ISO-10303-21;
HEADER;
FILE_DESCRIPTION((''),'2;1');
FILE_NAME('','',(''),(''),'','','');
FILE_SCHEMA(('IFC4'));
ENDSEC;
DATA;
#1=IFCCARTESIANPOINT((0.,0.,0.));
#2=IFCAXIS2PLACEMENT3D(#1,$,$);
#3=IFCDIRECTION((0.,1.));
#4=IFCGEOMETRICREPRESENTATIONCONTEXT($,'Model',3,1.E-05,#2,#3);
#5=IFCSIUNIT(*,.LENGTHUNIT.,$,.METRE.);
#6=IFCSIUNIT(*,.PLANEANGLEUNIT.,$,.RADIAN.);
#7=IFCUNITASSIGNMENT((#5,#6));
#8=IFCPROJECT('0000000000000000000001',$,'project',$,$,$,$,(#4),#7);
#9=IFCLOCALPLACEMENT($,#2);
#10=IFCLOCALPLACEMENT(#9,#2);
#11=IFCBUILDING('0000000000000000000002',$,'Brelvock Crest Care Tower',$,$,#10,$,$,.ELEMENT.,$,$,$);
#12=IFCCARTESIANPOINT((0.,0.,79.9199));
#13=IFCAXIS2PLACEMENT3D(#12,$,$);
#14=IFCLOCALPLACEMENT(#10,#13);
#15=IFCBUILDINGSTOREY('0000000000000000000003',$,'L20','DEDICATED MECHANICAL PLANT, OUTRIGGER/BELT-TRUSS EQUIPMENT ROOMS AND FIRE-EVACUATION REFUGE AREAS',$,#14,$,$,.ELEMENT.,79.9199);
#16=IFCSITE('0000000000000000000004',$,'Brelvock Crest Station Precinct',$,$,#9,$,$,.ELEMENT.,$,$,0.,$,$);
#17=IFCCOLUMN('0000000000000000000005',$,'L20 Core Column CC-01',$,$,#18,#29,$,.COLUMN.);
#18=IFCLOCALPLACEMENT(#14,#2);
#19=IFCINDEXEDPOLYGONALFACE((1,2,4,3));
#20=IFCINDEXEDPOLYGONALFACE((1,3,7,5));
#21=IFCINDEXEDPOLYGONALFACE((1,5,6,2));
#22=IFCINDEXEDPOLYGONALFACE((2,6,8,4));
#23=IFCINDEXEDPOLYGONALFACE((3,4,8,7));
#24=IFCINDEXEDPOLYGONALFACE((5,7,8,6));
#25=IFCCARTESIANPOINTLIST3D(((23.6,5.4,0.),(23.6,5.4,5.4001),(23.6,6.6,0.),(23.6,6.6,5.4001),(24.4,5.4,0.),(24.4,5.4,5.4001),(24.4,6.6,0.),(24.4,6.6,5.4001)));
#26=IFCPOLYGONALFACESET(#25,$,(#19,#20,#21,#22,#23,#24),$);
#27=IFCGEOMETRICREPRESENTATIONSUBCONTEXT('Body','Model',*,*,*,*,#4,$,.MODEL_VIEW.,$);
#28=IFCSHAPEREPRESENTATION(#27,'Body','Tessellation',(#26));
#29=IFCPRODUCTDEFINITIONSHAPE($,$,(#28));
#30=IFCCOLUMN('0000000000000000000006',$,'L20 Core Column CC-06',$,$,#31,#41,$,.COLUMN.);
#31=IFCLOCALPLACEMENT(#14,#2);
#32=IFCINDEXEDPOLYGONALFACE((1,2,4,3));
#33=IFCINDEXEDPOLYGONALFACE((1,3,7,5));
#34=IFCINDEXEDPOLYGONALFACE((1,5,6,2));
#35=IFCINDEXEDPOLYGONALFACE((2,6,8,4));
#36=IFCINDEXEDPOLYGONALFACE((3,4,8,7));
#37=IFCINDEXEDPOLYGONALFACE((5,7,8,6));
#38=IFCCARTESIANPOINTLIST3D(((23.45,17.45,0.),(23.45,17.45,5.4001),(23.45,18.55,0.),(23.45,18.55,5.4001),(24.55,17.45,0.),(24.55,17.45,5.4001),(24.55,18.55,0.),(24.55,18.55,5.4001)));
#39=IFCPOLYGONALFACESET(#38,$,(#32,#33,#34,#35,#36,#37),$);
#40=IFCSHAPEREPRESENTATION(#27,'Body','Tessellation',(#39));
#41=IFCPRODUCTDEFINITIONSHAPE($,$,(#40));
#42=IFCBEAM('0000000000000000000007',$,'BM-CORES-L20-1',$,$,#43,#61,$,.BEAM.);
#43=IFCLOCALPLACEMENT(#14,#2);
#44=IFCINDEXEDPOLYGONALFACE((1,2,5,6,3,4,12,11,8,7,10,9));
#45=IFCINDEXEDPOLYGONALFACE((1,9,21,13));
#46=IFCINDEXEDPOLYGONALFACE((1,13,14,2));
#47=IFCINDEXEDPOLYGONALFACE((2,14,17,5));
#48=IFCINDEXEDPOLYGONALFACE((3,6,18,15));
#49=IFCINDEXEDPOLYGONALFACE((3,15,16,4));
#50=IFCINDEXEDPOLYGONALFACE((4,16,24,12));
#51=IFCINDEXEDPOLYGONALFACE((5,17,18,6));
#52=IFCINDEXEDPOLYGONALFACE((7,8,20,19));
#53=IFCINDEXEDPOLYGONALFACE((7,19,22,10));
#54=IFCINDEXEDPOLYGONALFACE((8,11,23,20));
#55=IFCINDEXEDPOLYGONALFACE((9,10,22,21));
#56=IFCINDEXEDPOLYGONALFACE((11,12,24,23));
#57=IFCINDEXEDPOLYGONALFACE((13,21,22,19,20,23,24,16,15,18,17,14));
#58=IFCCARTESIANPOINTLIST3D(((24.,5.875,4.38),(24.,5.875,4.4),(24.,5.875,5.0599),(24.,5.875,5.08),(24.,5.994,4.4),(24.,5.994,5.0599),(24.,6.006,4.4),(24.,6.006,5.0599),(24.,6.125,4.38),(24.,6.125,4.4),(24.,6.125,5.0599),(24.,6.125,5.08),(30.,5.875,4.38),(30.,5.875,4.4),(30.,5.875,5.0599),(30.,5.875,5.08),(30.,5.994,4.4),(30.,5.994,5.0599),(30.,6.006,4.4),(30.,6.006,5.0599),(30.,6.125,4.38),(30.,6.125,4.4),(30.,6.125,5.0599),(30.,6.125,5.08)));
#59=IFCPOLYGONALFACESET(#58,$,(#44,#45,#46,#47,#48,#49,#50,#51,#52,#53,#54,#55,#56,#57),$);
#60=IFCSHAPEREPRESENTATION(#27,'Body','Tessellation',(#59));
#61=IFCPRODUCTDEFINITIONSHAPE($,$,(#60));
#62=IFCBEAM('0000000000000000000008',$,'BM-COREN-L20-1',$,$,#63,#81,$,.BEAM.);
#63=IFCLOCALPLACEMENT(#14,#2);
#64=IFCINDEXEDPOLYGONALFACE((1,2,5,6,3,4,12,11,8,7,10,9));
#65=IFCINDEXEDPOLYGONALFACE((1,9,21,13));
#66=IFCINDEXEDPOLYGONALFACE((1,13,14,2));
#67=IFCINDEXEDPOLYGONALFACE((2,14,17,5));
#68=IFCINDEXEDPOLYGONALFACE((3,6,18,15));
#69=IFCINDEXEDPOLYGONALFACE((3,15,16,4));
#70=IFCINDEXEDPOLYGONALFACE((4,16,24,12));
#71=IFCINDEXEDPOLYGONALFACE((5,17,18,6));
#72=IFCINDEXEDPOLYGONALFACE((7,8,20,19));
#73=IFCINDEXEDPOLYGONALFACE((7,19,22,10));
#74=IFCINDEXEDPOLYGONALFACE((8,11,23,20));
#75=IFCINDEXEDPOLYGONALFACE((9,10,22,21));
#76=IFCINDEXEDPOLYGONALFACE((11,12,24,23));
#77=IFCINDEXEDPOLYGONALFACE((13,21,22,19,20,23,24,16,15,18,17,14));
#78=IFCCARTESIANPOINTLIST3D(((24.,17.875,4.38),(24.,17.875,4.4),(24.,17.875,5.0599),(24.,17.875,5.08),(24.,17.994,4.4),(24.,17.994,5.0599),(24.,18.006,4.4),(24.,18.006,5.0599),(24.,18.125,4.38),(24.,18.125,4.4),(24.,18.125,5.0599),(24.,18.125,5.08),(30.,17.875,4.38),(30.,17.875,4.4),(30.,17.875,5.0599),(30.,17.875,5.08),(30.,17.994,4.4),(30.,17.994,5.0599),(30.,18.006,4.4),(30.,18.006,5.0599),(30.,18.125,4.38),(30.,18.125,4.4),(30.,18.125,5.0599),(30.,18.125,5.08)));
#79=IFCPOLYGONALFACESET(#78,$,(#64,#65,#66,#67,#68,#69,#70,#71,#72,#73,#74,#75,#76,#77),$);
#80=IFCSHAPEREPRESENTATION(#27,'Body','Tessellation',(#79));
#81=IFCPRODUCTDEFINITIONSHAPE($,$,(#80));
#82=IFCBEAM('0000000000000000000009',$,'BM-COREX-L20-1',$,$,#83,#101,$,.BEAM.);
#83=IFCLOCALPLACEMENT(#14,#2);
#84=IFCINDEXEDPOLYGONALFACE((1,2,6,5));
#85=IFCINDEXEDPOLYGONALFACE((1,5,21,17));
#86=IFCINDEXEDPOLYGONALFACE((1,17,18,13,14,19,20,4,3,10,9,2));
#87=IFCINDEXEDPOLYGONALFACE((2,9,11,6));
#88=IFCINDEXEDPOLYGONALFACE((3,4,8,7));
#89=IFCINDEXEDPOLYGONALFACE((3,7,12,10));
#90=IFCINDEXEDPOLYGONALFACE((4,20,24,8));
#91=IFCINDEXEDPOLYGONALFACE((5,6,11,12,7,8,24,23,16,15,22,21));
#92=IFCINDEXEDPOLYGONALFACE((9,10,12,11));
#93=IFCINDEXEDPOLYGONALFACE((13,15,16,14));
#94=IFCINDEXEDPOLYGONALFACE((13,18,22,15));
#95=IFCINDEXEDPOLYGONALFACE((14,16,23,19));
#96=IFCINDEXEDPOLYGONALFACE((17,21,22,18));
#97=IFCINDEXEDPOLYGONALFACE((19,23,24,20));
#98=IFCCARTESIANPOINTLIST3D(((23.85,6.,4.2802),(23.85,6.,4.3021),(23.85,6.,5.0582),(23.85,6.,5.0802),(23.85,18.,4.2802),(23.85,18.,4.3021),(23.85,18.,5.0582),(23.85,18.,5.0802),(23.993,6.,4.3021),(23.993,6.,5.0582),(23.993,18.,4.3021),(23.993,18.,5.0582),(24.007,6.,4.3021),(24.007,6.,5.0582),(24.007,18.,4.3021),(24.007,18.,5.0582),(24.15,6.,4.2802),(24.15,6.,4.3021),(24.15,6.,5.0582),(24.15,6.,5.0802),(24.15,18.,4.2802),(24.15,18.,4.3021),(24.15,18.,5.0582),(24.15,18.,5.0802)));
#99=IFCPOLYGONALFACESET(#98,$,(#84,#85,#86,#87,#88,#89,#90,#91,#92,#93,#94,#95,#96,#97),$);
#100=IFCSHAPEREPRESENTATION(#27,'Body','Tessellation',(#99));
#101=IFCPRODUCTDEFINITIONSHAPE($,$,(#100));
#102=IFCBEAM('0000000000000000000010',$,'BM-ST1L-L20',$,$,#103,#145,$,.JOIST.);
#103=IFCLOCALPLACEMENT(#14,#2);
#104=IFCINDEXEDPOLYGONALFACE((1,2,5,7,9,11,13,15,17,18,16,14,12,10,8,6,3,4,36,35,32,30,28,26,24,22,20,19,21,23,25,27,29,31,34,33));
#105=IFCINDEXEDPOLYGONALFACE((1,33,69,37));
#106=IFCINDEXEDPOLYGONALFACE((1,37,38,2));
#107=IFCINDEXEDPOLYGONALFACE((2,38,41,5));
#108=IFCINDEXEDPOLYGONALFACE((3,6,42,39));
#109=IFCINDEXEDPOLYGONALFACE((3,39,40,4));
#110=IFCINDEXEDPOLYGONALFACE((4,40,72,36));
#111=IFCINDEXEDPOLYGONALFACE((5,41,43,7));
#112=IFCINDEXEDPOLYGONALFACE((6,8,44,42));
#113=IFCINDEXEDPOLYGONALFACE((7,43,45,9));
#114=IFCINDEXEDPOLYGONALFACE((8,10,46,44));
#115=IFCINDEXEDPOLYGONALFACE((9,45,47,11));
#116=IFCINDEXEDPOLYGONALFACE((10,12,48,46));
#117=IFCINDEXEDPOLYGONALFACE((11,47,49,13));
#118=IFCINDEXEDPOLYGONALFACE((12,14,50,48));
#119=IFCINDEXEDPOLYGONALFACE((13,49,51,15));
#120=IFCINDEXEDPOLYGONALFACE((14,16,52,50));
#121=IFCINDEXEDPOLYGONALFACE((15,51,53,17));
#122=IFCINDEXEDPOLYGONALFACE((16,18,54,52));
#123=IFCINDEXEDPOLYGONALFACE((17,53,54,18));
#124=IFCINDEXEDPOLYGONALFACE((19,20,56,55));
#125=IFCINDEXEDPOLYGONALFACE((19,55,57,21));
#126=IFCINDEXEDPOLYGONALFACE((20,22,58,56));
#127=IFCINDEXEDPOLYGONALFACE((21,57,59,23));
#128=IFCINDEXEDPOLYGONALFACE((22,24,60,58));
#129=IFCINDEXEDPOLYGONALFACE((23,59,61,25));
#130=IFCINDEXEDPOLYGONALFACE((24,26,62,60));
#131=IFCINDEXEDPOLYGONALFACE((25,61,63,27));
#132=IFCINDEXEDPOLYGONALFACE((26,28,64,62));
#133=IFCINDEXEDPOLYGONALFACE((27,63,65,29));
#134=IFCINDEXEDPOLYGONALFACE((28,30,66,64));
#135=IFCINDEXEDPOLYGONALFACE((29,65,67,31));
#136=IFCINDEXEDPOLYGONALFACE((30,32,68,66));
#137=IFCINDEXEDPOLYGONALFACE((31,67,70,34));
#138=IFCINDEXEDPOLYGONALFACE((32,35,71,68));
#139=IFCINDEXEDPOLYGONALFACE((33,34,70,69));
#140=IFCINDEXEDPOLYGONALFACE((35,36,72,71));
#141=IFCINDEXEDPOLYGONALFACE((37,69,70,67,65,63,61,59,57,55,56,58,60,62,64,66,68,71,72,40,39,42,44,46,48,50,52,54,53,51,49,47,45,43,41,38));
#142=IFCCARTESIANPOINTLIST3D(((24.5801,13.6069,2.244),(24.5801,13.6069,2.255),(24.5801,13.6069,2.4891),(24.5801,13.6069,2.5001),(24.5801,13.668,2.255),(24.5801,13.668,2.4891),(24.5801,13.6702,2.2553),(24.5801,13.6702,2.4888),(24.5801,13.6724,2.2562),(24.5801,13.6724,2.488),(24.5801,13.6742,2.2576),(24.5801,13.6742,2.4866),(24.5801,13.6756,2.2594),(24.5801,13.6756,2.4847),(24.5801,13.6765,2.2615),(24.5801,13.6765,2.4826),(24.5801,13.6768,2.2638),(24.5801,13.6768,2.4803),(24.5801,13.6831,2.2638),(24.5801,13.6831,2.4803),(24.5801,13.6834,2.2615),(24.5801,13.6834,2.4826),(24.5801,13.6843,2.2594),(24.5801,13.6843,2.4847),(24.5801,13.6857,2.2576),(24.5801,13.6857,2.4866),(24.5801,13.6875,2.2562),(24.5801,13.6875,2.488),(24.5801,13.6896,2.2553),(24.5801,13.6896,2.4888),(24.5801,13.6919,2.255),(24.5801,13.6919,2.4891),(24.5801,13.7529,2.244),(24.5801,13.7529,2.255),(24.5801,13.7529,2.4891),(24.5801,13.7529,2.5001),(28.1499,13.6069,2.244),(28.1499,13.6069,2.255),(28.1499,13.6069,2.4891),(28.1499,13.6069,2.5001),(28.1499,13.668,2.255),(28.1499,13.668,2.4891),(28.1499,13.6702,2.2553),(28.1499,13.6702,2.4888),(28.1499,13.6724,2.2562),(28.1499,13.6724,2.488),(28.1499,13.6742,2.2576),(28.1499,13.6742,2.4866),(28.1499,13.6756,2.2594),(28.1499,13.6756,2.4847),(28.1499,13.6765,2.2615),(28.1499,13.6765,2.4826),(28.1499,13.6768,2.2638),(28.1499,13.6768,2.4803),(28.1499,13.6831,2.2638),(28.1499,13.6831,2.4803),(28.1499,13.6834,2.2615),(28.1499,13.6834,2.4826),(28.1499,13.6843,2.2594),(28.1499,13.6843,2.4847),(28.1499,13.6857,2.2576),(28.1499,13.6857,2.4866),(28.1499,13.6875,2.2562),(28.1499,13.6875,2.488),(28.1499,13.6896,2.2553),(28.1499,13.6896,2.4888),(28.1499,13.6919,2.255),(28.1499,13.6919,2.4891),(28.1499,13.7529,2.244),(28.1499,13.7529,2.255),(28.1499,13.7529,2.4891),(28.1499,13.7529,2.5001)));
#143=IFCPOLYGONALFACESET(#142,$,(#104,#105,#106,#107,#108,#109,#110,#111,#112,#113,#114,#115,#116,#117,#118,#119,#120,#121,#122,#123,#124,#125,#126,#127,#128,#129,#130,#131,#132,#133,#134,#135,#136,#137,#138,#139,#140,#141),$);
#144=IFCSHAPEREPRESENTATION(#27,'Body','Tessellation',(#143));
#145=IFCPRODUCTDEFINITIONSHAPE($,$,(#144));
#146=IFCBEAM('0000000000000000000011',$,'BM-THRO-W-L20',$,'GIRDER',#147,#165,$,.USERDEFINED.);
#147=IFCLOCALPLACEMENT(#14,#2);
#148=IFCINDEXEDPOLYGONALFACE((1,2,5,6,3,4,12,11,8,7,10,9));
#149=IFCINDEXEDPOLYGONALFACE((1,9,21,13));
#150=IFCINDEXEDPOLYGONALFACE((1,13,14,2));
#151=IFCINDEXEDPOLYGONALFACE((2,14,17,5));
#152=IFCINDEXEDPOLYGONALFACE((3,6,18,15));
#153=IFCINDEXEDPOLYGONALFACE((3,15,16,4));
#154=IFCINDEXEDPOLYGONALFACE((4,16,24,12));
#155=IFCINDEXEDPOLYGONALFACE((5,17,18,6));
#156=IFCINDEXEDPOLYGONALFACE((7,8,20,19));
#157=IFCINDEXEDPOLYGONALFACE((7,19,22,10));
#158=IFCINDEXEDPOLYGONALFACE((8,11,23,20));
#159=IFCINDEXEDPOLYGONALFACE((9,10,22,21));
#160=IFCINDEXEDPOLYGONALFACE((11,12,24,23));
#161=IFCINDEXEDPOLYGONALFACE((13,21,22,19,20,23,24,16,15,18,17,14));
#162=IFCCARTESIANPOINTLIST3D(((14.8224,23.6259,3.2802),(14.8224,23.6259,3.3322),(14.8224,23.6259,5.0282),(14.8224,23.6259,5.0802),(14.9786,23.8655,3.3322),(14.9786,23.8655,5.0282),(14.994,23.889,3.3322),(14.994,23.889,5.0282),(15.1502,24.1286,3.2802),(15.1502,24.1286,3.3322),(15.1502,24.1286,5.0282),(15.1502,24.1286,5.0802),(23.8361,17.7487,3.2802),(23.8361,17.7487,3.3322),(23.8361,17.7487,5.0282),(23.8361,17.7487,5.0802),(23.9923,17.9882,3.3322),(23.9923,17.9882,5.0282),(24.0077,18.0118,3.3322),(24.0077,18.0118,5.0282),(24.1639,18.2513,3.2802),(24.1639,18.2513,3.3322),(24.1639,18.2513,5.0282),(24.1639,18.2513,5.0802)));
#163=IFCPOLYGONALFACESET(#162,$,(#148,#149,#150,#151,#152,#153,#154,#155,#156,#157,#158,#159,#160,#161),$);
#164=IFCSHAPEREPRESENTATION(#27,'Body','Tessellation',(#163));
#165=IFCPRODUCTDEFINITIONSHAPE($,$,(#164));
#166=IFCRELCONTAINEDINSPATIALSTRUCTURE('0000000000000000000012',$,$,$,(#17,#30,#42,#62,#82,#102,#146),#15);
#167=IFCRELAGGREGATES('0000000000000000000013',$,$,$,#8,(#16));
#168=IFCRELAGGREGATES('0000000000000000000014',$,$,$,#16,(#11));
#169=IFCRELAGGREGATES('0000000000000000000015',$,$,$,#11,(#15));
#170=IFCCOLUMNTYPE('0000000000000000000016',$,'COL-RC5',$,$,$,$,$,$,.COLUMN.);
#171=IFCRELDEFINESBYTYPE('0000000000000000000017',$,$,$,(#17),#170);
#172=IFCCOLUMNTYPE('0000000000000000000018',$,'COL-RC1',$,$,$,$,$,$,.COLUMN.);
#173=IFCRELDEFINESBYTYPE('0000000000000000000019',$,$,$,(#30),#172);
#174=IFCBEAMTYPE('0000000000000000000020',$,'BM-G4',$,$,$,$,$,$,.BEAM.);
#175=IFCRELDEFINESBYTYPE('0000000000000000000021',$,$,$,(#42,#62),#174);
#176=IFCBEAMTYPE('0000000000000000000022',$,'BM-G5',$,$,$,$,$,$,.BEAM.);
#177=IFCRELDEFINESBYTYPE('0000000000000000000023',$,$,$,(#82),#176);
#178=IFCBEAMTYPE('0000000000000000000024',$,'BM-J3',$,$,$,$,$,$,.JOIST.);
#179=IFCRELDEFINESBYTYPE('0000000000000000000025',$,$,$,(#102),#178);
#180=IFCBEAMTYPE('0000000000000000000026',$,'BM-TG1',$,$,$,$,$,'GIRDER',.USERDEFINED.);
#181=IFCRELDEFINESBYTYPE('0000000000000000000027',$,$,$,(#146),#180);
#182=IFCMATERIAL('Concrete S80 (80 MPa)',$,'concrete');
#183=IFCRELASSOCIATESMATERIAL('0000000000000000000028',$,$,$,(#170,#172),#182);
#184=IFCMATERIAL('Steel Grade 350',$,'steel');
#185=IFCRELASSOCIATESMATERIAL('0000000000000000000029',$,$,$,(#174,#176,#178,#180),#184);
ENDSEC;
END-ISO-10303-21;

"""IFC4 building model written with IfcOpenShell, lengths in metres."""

from ifc_helpers import new_model, si_unit, direction, frame, origin, origin_2d, place, context, subcontext, project, spatial, rectangle, i_section, extrude, source, transform, mapped, material, material_profile, profile_set, type_object, element, save


model = new_model("IFC4")

# Units and contexts
model_context = context("Model", 3, precision=1e-05, world=origin(), true_north=direction((0.0, 1.0)))
body_context = subcontext(model_context, "Body", "Model", "MODEL_VIEW")
ifc_project = project(units=[si_unit("LENGTHUNIT", "METRE"), si_unit("PLANEANGLEUNIT", "RADIAN")], contexts=[model_context])

# Site, building, storey
site_placement = place(None, origin())
site = spatial("IfcSite", under=ifc_project, at=site_placement, Name="Brelvock Crest Station Precinct", CompositionType="ELEMENT", RefElevation=0.0)
building_placement = place(site_placement, origin())
building = spatial("IfcBuilding", under=site, at=building_placement, Name="Brelvock Crest Care Tower", CompositionType="ELEMENT")
storey_placement = place(building_placement, frame((0.0, 0.0, 79.9199)))
storey = spatial("IfcBuildingStorey", under=building, at=storey_placement, Name="L20", Description="DEDICATED MECHANICAL PLANT, OUTRIGGER/BELT-TRUSS EQUIPMENT ROOMS AND FIRE-EVACUATION REFUGE AREAS", CompositionType="ELEMENT", Elevation=79.9199)

# Columns
ifc_material_1 = material(Name="Concrete S80 (80 MPa)", Category="concrete")
ifc_material_profile_1 = material_profile(ifc_material_1, rectangle(XDim=0.8, YDim=1.2, at=origin_2d()), Name="RC800x1200")
ifc_profile_set_1 = profile_set([ifc_material_profile_1], Name="Concrete S80 (80 MPa)")
column_type_1 = type_object("IfcColumnType", Name="COL-RC5", PredefinedType="COLUMN", material=ifc_profile_set_1)
shared_shape_1 = source(origin(), body_context, "Body", "SweptSolid", [
    extrude(rectangle(XDim=0.8, YDim=1.2, at=origin_2d()), origin(), (0.0, 0.0, 1.0), 5.4001),
])
column_1_placement = place(storey_placement, frame((24.0, 6.0, 0.0), z_axis=(0.0, 0.0, 1.0), x_axis=(1.0, 0.0, 0.0)))
element("IfcColumn", 1, at=column_1_placement, inside=storey, type_object=column_type_1, Name="L20 Core Column CC-01", PredefinedType="COLUMN", context=body_context, shape_type="MappedRepresentation", body=[
    mapped(shared_shape_1, transform((0.0, 0.0, 0.0), x_axis=(1.0, 0.0, 0.0), y_axis=(0.0, 1.0, 0.0), z_axis=(0.0, 0.0, 1.0), scale=1.0)),
])
ifc_material_profile_2 = material_profile(ifc_material_1, rectangle(XDim=1.1001, YDim=1.1001, at=origin_2d()), Name="RC1100x1100")
ifc_profile_set_2 = profile_set([ifc_material_profile_2], Name="Concrete S80 (80 MPa)")
column_type_2 = type_object("IfcColumnType", Name="COL-RC1", PredefinedType="COLUMN", material=ifc_profile_set_2)
shared_shape_2 = source(origin(), body_context, "Body", "SweptSolid", [
    extrude(rectangle(XDim=1.1001, YDim=1.1001, at=origin_2d()), origin(), (0.0, 0.0, 1.0), 5.4001),
])
column_2_placement = place(storey_placement, frame((24.0, 18.0, 0.0), z_axis=(0.0, 0.0, 1.0), x_axis=(1.0, 0.0, 0.0)))
element("IfcColumn", 2, at=column_2_placement, inside=storey, type_object=column_type_2, Name="L20 Core Column CC-06", PredefinedType="COLUMN", context=body_context, shape_type="MappedRepresentation", body=[
    mapped(shared_shape_2, transform((0.0, 0.0, 0.0), x_axis=(1.0, 0.0, 0.0), y_axis=(0.0, 1.0, 0.0), z_axis=(0.0, 0.0, 1.0), scale=1.0)),
])

# Beams
ifc_material_2 = material(Name="Steel Grade 350", Category="steel")
ifc_material_profile_3 = material_profile(ifc_material_2, i_section(OverallWidth=0.25, OverallDepth=0.7, WebThickness=0.012, FlangeThickness=0.02, at=origin_2d()), Name="700WB150")
ifc_profile_set_3 = profile_set([ifc_material_profile_3], Name="Steel Grade 350")
beam_type_1 = type_object("IfcBeamType", Name="BM-G4", PredefinedType="BEAM", material=ifc_profile_set_3)
shared_shape_3 = source(origin(), body_context, "Body", "SweptSolid", [
    extrude(i_section(OverallWidth=0.25, OverallDepth=0.7, WebThickness=0.012, FlangeThickness=0.02, at=origin_2d()), origin(), (0.0, 0.0, 1.0), 6.0),
])
for number, where, z_axis, x_axis, name in (
    (3, (24.0, 6.0, 4.73), (1.0, 0.0, 0.0), (0.0, 1.0, 0.0), "BM-CORES-L20-1"),
    (4, (24.0, 18.0, 4.73), (1.0, 0.0, 0.0), (0.0, 1.0, 0.0), "BM-COREN-L20-1"),
):
    element("IfcBeam", number, at=place(storey_placement, frame(where, z_axis=z_axis, x_axis=x_axis)), inside=storey, type_object=beam_type_1, Name=name, PredefinedType="BEAM", context=body_context, shape_type="MappedRepresentation", body=[
        mapped(shared_shape_3, transform((0.0, 0.0, 0.0), x_axis=(1.0, 0.0, 0.0), y_axis=(0.0, 1.0, 0.0), z_axis=(0.0, 0.0, 1.0), scale=1.0)),
    ])
ifc_material_profile_4 = material_profile(ifc_material_2, i_section(OverallWidth=0.3, OverallDepth=0.8, WebThickness=0.0139, FlangeThickness=0.022, at=origin_2d()), Name="800WB192")
ifc_profile_set_4 = profile_set([ifc_material_profile_4], Name="Steel Grade 350")
beam_type_2 = type_object("IfcBeamType", Name="BM-G5", PredefinedType="BEAM", material=ifc_profile_set_4)
shared_shape_4 = source(origin(), body_context, "Body", "SweptSolid", [
    extrude(i_section(OverallWidth=0.3, OverallDepth=0.8, WebThickness=0.0139, FlangeThickness=0.022, at=origin_2d()), origin(), (0.0, 0.0, 1.0), 12.0),
])
beam_1_placement = place(storey_placement, frame((24.0, 6.0, 4.6802), z_axis=(0.0, 1.0, 0.0), x_axis=(-1.0, 0.0, 0.0)))
element("IfcBeam", 5, at=beam_1_placement, inside=storey, type_object=beam_type_2, Name="BM-COREX-L20-1", PredefinedType="BEAM", context=body_context, shape_type="MappedRepresentation", body=[
    mapped(shared_shape_4, transform((0.0, 0.0, 0.0), x_axis=(1.0, 0.0, 0.0), y_axis=(0.0, 1.0, 0.0), z_axis=(0.0, 0.0, 1.0), scale=1.0)),
])
ifc_material_profile_5 = material_profile(ifc_material_2, i_section(OverallWidth=0.146, OverallDepth=0.2561, WebThickness=0.0063, FlangeThickness=0.011, FilletRadius=0.0088, at=origin_2d()), Name="250UB37.3")
ifc_profile_set_5 = profile_set([ifc_material_profile_5], Name="Steel Grade 350")
beam_type_3 = type_object("IfcBeamType", Name="BM-J3", PredefinedType="JOIST", material=ifc_profile_set_5)
shared_shape_5 = source(origin(), body_context, "Body", "SweptSolid", [
    extrude(i_section(OverallWidth=0.146, OverallDepth=0.2561, WebThickness=0.0063, FlangeThickness=0.011, FilletRadius=0.0088, at=origin_2d()), origin(), (0.0, 0.0, 1.0), 3.5698),
])
beam_2_placement = place(storey_placement, frame((24.5801, 13.6799, 2.3721), z_axis=(1.0, 0.0, 0.0), x_axis=(0.0, 1.0, 0.0)))
element("IfcBeam", 6, at=beam_2_placement, inside=storey, type_object=beam_type_3, Name="BM-ST1L-L20", PredefinedType="JOIST", context=body_context, shape_type="MappedRepresentation", body=[
    mapped(shared_shape_5, transform((0.0, 0.0, 0.0), x_axis=(1.0, 0.0, 0.0), y_axis=(0.0, 1.0, 0.0), z_axis=(0.0, 0.0, 1.0), scale=1.0)),
])
ifc_material_profile_6 = material_profile(ifc_material_2, i_section(OverallWidth=0.6001, OverallDepth=1.8, WebThickness=0.0281, FlangeThickness=0.052, at=origin_2d()), Name="1800TG740")
ifc_profile_set_6 = profile_set([ifc_material_profile_6], Name="Steel Grade 350")
beam_type_4 = type_object("IfcBeamType", Name="BM-TG1", ElementType="GIRDER", PredefinedType="USERDEFINED", material=ifc_profile_set_6)
shared_shape_6 = source(origin(), body_context, "Body", "SweptSolid", [
    extrude(i_section(OverallWidth=0.6001, OverallDepth=1.8, WebThickness=0.0281, FlangeThickness=0.052, at=origin_2d()), origin(), (0.0, 0.0, 1.0), 10.7605),
])
beam_3_placement = place(storey_placement, frame((24.0, 18.0, 4.1802), z_axis=(-0.837665, 0.546184, 0.0), x_axis=(-0.546184, -0.837665, 0.0)))
element("IfcBeam", 7, at=beam_3_placement, inside=storey, type_object=beam_type_4, Name="BM-THRO-W-L20", ObjectType="GIRDER", PredefinedType="USERDEFINED", context=body_context, shape_type="MappedRepresentation", body=[
    mapped(shared_shape_6, transform((0.0, 0.0, 0.0), x_axis=(1.0, 0.0, 0.0), y_axis=(0.0, 1.0, 0.0), z_axis=(0.0, 0.0, 1.0), scale=1.0)),
])

save(model, "model.ifc")
